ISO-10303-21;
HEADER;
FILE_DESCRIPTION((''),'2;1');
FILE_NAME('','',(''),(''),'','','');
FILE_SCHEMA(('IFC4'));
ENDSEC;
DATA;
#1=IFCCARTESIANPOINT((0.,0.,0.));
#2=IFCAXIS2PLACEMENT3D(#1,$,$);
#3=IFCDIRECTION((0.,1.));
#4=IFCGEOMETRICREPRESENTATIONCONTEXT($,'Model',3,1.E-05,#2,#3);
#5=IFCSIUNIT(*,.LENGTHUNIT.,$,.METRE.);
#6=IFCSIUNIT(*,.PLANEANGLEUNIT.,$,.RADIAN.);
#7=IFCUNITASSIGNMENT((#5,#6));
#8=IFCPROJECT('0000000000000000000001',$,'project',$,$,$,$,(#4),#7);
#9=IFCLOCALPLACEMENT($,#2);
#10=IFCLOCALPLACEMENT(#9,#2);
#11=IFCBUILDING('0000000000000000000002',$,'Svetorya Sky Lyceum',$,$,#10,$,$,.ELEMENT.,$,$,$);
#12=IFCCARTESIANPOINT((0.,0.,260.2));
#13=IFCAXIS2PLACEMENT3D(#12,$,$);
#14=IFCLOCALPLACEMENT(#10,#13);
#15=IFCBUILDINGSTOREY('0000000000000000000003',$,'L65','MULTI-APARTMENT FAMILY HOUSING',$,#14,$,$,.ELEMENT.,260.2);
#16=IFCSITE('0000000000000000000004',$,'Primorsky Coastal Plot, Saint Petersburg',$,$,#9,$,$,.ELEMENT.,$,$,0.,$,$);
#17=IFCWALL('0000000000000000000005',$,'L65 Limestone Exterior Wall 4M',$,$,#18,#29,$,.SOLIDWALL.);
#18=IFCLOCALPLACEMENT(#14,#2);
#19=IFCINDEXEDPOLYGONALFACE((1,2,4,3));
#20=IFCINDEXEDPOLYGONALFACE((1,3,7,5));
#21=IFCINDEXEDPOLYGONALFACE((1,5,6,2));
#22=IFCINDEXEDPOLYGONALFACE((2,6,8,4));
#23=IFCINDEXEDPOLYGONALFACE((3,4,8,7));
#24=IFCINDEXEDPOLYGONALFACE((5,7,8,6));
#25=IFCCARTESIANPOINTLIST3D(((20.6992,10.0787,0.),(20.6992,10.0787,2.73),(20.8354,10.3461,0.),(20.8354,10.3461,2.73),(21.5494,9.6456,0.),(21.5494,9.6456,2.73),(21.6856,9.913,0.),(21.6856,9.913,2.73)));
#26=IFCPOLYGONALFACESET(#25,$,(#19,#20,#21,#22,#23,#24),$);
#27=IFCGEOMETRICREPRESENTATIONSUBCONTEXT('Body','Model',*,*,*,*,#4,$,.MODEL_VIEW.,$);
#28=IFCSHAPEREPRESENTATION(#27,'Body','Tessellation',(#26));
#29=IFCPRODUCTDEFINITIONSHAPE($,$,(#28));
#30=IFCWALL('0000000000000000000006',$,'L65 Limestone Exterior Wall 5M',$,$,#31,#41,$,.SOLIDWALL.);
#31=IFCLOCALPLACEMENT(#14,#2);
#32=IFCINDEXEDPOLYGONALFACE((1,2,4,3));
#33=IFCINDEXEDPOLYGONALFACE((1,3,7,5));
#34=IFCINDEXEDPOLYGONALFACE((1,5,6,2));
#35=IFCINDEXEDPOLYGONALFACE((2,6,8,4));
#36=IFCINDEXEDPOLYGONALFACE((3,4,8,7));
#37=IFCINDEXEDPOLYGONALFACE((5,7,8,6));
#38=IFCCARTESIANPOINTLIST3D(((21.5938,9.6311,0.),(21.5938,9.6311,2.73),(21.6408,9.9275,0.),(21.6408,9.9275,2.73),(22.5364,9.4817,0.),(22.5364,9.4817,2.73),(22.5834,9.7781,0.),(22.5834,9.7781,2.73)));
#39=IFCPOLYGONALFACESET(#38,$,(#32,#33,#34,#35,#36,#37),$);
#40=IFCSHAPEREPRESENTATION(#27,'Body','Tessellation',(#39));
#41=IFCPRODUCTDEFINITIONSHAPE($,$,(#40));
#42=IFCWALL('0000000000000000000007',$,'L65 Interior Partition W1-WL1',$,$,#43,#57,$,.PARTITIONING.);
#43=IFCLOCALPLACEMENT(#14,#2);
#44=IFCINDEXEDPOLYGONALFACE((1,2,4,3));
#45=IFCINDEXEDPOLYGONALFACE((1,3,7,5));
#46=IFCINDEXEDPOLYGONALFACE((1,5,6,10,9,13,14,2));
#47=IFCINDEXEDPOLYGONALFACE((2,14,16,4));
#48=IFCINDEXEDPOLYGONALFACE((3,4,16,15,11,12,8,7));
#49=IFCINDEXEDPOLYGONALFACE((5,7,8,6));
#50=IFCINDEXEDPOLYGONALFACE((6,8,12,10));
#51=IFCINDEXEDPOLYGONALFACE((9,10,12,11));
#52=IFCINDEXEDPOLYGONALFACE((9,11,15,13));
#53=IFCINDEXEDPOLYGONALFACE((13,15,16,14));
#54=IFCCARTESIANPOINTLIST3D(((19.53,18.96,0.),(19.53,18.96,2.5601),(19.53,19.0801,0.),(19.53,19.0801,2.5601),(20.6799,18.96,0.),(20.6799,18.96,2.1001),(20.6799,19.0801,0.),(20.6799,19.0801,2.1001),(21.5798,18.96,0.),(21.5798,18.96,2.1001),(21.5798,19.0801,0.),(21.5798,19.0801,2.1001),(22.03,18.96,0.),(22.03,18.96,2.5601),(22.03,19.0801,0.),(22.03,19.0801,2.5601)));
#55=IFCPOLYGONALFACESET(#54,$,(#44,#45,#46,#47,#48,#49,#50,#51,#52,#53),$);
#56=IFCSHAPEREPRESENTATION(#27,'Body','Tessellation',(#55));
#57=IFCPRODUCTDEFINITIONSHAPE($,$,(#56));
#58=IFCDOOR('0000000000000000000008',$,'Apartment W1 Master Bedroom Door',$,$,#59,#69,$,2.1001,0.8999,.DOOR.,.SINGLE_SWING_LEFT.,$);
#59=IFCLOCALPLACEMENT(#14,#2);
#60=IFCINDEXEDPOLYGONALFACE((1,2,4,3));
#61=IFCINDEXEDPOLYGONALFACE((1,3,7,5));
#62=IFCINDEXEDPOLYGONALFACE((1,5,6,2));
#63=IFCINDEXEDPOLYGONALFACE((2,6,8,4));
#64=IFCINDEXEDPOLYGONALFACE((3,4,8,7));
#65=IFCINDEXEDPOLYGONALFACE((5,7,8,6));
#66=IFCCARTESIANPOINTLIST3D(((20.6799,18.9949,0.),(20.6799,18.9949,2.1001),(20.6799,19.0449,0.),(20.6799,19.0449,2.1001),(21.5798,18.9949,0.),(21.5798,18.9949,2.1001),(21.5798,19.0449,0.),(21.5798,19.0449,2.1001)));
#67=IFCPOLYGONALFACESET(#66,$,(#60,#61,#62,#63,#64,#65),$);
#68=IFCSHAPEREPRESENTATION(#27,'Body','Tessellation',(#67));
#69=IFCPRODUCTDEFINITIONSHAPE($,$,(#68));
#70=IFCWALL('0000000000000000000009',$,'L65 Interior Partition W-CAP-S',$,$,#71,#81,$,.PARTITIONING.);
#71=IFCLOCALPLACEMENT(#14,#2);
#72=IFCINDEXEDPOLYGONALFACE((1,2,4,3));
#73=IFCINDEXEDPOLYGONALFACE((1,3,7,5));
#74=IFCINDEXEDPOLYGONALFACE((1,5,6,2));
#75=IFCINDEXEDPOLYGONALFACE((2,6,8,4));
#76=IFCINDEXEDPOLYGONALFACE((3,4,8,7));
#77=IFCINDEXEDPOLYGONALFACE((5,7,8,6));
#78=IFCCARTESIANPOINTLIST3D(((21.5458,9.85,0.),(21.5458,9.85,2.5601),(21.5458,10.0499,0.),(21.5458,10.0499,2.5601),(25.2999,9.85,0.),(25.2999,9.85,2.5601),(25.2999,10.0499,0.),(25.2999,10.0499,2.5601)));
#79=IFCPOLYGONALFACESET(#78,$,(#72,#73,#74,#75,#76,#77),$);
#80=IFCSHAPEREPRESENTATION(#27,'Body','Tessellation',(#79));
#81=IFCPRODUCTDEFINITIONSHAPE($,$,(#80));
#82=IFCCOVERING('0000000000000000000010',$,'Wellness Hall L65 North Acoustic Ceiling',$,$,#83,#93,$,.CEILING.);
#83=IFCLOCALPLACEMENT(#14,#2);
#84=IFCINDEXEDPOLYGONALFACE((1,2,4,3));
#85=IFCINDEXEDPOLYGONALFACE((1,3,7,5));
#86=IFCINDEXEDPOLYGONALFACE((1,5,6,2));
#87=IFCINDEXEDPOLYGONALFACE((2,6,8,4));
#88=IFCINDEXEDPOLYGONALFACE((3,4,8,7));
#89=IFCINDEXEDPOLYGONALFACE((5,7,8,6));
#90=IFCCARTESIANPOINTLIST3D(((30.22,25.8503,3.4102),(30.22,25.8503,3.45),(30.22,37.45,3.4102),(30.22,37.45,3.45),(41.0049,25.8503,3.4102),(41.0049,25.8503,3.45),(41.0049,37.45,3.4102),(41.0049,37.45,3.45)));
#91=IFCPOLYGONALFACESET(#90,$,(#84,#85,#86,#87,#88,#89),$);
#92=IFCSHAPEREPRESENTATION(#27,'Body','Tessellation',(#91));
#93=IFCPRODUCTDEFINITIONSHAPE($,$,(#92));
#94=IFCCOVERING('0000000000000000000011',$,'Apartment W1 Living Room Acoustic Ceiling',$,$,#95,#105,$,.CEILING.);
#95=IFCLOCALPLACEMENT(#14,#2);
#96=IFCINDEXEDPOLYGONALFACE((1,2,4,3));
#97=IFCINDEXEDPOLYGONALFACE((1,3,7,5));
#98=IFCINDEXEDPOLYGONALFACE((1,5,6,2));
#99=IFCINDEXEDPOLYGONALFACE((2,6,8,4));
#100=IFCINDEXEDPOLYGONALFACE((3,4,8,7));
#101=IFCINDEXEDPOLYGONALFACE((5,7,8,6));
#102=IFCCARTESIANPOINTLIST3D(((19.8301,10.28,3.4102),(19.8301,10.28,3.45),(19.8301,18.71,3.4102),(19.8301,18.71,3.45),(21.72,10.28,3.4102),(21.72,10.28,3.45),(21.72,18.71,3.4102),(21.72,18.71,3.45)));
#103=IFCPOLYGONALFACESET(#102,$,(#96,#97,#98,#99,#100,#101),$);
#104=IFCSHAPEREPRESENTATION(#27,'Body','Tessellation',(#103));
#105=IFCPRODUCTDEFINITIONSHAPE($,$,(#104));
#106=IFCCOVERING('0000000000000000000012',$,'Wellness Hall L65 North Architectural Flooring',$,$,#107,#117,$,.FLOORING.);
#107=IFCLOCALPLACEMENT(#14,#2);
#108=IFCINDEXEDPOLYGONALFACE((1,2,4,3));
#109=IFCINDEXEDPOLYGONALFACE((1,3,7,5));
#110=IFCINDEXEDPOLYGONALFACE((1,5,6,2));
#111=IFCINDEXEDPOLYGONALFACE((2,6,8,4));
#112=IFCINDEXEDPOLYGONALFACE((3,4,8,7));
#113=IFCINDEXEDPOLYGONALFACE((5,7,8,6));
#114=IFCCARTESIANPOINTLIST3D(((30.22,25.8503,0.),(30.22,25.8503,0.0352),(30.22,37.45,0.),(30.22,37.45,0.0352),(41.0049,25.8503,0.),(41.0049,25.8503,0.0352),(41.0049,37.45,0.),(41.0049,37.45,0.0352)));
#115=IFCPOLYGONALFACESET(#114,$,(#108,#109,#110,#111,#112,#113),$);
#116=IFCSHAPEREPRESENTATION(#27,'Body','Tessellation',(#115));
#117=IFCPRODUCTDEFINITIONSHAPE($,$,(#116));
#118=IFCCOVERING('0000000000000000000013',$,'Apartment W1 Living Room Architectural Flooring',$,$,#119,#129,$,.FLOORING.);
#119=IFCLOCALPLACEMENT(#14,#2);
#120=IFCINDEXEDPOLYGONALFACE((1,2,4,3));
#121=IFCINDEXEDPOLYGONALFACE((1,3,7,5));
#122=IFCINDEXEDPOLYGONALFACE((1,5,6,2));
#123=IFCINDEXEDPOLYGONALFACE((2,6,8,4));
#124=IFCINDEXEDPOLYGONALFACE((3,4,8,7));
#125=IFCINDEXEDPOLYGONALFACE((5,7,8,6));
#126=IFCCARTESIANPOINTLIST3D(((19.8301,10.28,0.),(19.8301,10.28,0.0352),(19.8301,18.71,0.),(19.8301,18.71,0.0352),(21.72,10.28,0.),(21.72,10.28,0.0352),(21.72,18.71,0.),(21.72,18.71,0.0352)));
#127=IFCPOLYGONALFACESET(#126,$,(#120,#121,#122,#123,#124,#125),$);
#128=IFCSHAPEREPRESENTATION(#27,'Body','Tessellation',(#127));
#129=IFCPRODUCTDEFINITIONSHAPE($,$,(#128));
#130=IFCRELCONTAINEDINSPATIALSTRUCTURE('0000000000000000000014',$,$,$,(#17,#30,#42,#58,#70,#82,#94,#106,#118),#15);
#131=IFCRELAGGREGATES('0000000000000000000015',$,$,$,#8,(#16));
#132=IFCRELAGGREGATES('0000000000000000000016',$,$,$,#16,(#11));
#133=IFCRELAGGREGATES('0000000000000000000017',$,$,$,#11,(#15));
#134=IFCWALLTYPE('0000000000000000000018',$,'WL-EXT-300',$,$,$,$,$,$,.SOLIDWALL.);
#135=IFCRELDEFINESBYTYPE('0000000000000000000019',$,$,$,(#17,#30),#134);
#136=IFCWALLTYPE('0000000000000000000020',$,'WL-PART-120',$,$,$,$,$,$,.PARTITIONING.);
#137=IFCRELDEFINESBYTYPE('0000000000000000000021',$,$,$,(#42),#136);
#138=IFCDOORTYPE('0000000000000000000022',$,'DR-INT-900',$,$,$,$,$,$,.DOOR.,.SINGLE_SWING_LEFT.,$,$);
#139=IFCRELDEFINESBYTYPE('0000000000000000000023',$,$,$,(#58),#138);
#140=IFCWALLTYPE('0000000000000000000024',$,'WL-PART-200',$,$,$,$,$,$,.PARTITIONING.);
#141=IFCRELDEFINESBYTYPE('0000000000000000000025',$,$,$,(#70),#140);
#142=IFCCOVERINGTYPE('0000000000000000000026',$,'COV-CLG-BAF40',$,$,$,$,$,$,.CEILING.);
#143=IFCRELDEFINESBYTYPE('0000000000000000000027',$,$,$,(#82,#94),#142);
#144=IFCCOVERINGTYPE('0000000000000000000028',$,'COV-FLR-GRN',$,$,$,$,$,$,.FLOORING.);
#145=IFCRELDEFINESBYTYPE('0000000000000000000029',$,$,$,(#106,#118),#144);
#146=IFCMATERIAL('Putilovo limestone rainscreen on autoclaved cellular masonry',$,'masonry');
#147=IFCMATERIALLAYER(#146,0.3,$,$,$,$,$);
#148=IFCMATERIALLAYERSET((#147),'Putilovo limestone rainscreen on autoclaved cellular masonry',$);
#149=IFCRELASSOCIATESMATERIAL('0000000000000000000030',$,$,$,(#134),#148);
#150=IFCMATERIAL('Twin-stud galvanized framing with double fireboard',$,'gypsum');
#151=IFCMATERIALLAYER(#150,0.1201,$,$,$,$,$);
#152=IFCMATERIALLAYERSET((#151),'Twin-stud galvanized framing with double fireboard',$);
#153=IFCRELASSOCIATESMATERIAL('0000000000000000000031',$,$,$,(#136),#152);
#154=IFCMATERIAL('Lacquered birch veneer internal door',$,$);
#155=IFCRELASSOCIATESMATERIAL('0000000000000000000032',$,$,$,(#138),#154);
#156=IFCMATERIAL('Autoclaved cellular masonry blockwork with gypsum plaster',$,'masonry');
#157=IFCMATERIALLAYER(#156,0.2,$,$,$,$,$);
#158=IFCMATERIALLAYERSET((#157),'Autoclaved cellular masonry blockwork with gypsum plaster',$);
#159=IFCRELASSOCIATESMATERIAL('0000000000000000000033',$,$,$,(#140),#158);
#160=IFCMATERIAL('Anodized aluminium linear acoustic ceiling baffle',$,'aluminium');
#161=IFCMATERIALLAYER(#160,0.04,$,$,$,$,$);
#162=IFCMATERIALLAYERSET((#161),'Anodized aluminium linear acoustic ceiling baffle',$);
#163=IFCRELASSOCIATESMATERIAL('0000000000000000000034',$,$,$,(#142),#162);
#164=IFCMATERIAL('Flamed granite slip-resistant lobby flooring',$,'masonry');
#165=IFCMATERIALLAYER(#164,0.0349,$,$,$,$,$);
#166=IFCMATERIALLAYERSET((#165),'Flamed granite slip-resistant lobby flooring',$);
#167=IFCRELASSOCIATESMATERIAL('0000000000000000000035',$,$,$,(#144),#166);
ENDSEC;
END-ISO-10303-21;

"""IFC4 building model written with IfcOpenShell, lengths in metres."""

from ifc_helpers import new_model, si_unit, direction, frame, frame_2d, origin, place, context, subcontext, project, spatial, polyline, rectangle, outline, extrude, material, layer, layer_set, type_object, element, fill, save


model = new_model("IFC4")

# Units and contexts
model_context = context("Model", 3, precision=1e-05, world=origin(), true_north=direction((0.0, 1.0)))
body_context = subcontext(model_context, "Body", "Model", "MODEL_VIEW")
ifc_project = project(units=[si_unit("LENGTHUNIT", "METRE"), si_unit("PLANEANGLEUNIT", "RADIAN")], contexts=[model_context])

# Site, building, storey
site_placement = place(None, origin())
site = spatial("IfcSite", under=ifc_project, at=site_placement, Name="Primorsky Coastal Plot, Saint Petersburg", CompositionType="ELEMENT", RefElevation=0.0)
building_placement = place(site_placement, origin())
building = spatial("IfcBuilding", under=site, at=building_placement, Name="Svetorya Sky Lyceum", CompositionType="ELEMENT")
storey_placement = place(building_placement, frame((0.0, 0.0, 260.2)))
storey = spatial("IfcBuildingStorey", under=building, at=storey_placement, Name="L65", Description="MULTI-APARTMENT FAMILY HOUSING", CompositionType="ELEMENT", Elevation=260.2)

# Walls
ifc_material_1 = material(Name="Putilovo limestone rainscreen on autoclaved cellular masonry", Category="masonry")
ifc_layer_1 = layer(ifc_material_1, 0.3)
ifc_layer_set_1 = layer_set([ifc_layer_1], Name="Putilovo limestone rainscreen on autoclaved cellular masonry")
wall_type_1 = type_object("IfcWallType", Name="WL-EXT-300", PredefinedType="SOLIDWALL", material=ifc_layer_set_1)
wall_1_placement = place(storey_placement, frame((20.7673, 10.2124, 0.0), z_axis=(0.0, 0.0, 1.0), x_axis=(0.891024, -0.453956, 0.0)))
element("IfcWall", 1, at=wall_1_placement, inside=storey, type_object=wall_type_1, Name="L65 Limestone Exterior Wall 4M", PredefinedType="SOLIDWALL", context=body_context, shape_type="SweptSolid", body=[
    extrude(rectangle(XDim=0.9541, YDim=0.3, at=frame_2d((0.4771, 0.0))), origin(), (0.0, 0.0, 1.0), 2.73),
])
wall_2_placement = place(storey_placement, frame((21.6174, 9.7793, 0.0), z_axis=(0.0, 0.0, 1.0), x_axis=(0.987669, -0.156554, 0.0)))
element("IfcWall", 2, at=wall_2_placement, inside=storey, type_object=wall_type_1, Name="L65 Limestone Exterior Wall 5M", PredefinedType="SOLIDWALL", context=body_context, shape_type="SweptSolid", body=[
    extrude(rectangle(XDim=0.9543, YDim=0.3, at=frame_2d((0.4771, 0.0))), origin(), (0.0, 0.0, 1.0), 2.73),
])

# Wall, opening, door
ifc_material_2 = material(Name="Twin-stud galvanized framing with double fireboard", Category="gypsum")
ifc_layer_2 = layer(ifc_material_2, 0.1201)
ifc_layer_set_2 = layer_set([ifc_layer_2], Name="Twin-stud galvanized framing with double fireboard")
wall_type_2 = type_object("IfcWallType", Name="WL-PART-120", PredefinedType="PARTITIONING", material=ifc_layer_set_2)
wall_3_placement = place(storey_placement, frame((19.53, 19.02, 0.0), z_axis=(0.0, 0.0, 1.0), x_axis=(1.0, 0.0, 0.0)))
wall_3 = element("IfcWall", 3, at=wall_3_placement, inside=storey, type_object=wall_type_2, Name="L65 Interior Partition W1-WL1", PredefinedType="PARTITIONING", context=body_context, shape_type="SweptSolid", body=[
    extrude(rectangle(XDim=2.5, YDim=0.1201, at=frame_2d((1.25, 0.0))), origin(), (0.0, 0.0, 1.0), 2.5601),
])
opening_placement = place(wall_3_placement, frame((1.1499, 0.0, 0.0)))
opening = element("IfcOpeningElement", 4, at=opening_placement, cuts=wall_3, PredefinedType="OPENING", context=body_context, shape_type="SweptSolid", body=[
    extrude(rectangle(XDim=0.8999, YDim=2.1001, at=frame_2d((0.45, 1.05))), frame((0.0, 0.0701, 0.0), z_axis=(0.0, -1.0, 0.0), x_axis=(1.0, 0.0, 0.0)), (0.0, 0.0, 1.0), 0.1401),
])
ifc_material_3 = material(Name="Lacquered birch veneer internal door")
door_type = type_object("IfcDoorType", Name="DR-INT-900", OperationType="SINGLE_SWING_LEFT", PredefinedType="DOOR", material=ifc_material_3)
door_placement = place(opening_placement, origin())
door = element("IfcDoor", 5, at=door_placement, inside=storey, type_object=door_type, Name="Apartment W1 Master Bedroom Door", OperationType="SINGLE_SWING_LEFT", OverallHeight=2.1001, OverallWidth=0.8999, PredefinedType="DOOR", context=body_context, shape_type="SweptSolid", body=[
    extrude(rectangle(XDim=0.8999, YDim=2.1001, at=frame_2d((0.45, 1.05))), frame((0.0, 0.0249, 0.0), z_axis=(0.0, -1.0, 0.0), x_axis=(1.0, 0.0, 0.0)), (0.0, 0.0, 1.0), 0.05),
])
fill(opening, door)

# Wall
ifc_material_4 = material(Name="Autoclaved cellular masonry blockwork with gypsum plaster", Category="masonry")
ifc_layer_3 = layer(ifc_material_4, 0.2)
ifc_layer_set_3 = layer_set([ifc_layer_3], Name="Autoclaved cellular masonry blockwork with gypsum plaster")
wall_type_3 = type_object("IfcWallType", Name="WL-PART-200", PredefinedType="PARTITIONING", material=ifc_layer_set_3)
wall_4_placement = place(storey_placement, frame((21.5459, 9.95, 0.0), z_axis=(0.0, 0.0, 1.0), x_axis=(1.0, 0.0, 0.0)))
element("IfcWall", 6, at=wall_4_placement, inside=storey, type_object=wall_type_3, Name="L65 Interior Partition W-CAP-S", PredefinedType="PARTITIONING", context=body_context, shape_type="SweptSolid", body=[
    extrude(rectangle(XDim=3.7542, YDim=0.2, at=frame_2d((1.877, 0.0))), origin(), (0.0, 0.0, 1.0), 2.5601),
])

# Coverings
ifc_material_5 = material(Name="Anodized aluminium linear acoustic ceiling baffle", Category="aluminium")
ifc_layer_4 = layer(ifc_material_5, 0.04)
ifc_layer_set_4 = layer_set([ifc_layer_4], Name="Anodized aluminium linear acoustic ceiling baffle")
covering_type_1 = type_object("IfcCoveringType", Name="COV-CLG-BAF40", PredefinedType="CEILING", material=ifc_layer_set_4)
covering_1_placement = place(storey_placement, frame((0.0, 0.0, 3.4102)))
element("IfcCovering", 7, at=covering_1_placement, inside=storey, type_object=covering_type_1, Name="Wellness Hall L65 North Acoustic Ceiling", PredefinedType="CEILING", context=body_context, shape_type="SweptSolid", body=[
    extrude(outline(polyline([(30.22, 25.8503), (41.0049, 25.8503), (41.0049, 37.45), (30.22, 37.45), (30.22, 25.8503)])), origin(), (0.0, 0.0, 1.0), 0.0398),
])
covering_2_placement = place(storey_placement, frame((0.0, 0.0, 3.4102)))
element("IfcCovering", 8, at=covering_2_placement, inside=storey, type_object=covering_type_1, Name="Apartment W1 Living Room Acoustic Ceiling", PredefinedType="CEILING", context=body_context, shape_type="SweptSolid", body=[
    extrude(outline(polyline([(19.8301, 10.28), (21.72, 10.28), (21.72, 18.71), (19.8301, 18.71), (19.8301, 10.28)])), origin(), (0.0, 0.0, 1.0), 0.0398),
])
ifc_material_6 = material(Name="Flamed granite slip-resistant lobby flooring", Category="masonry")
ifc_layer_5 = layer(ifc_material_6, 0.0349)
ifc_layer_set_5 = layer_set([ifc_layer_5], Name="Flamed granite slip-resistant lobby flooring")
covering_type_2 = type_object("IfcCoveringType", Name="COV-FLR-GRN", PredefinedType="FLOORING", material=ifc_layer_set_5)
covering_3_placement = place(storey_placement, origin())
element("IfcCovering", 9, at=covering_3_placement, inside=storey, type_object=covering_type_2, Name="Wellness Hall L65 North Architectural Flooring", PredefinedType="FLOORING", context=body_context, shape_type="SweptSolid", body=[
    extrude(outline(polyline([(30.22, 25.8503), (41.0049, 25.8503), (41.0049, 37.45), (30.22, 37.45), (30.22, 25.8503)])), origin(), (0.0, 0.0, 1.0), 0.0352),
])
covering_4_placement = place(storey_placement, origin())
element("IfcCovering", 10, at=covering_4_placement, inside=storey, type_object=covering_type_2, Name="Apartment W1 Living Room Architectural Flooring", PredefinedType="FLOORING", context=body_context, shape_type="SweptSolid", body=[
    extrude(outline(polyline([(19.8301, 10.28), (21.72, 10.28), (21.72, 18.71), (19.8301, 18.71), (19.8301, 10.28)])), origin(), (0.0, 0.0, 1.0), 0.0352),
])

save(model, "model.ifc")
